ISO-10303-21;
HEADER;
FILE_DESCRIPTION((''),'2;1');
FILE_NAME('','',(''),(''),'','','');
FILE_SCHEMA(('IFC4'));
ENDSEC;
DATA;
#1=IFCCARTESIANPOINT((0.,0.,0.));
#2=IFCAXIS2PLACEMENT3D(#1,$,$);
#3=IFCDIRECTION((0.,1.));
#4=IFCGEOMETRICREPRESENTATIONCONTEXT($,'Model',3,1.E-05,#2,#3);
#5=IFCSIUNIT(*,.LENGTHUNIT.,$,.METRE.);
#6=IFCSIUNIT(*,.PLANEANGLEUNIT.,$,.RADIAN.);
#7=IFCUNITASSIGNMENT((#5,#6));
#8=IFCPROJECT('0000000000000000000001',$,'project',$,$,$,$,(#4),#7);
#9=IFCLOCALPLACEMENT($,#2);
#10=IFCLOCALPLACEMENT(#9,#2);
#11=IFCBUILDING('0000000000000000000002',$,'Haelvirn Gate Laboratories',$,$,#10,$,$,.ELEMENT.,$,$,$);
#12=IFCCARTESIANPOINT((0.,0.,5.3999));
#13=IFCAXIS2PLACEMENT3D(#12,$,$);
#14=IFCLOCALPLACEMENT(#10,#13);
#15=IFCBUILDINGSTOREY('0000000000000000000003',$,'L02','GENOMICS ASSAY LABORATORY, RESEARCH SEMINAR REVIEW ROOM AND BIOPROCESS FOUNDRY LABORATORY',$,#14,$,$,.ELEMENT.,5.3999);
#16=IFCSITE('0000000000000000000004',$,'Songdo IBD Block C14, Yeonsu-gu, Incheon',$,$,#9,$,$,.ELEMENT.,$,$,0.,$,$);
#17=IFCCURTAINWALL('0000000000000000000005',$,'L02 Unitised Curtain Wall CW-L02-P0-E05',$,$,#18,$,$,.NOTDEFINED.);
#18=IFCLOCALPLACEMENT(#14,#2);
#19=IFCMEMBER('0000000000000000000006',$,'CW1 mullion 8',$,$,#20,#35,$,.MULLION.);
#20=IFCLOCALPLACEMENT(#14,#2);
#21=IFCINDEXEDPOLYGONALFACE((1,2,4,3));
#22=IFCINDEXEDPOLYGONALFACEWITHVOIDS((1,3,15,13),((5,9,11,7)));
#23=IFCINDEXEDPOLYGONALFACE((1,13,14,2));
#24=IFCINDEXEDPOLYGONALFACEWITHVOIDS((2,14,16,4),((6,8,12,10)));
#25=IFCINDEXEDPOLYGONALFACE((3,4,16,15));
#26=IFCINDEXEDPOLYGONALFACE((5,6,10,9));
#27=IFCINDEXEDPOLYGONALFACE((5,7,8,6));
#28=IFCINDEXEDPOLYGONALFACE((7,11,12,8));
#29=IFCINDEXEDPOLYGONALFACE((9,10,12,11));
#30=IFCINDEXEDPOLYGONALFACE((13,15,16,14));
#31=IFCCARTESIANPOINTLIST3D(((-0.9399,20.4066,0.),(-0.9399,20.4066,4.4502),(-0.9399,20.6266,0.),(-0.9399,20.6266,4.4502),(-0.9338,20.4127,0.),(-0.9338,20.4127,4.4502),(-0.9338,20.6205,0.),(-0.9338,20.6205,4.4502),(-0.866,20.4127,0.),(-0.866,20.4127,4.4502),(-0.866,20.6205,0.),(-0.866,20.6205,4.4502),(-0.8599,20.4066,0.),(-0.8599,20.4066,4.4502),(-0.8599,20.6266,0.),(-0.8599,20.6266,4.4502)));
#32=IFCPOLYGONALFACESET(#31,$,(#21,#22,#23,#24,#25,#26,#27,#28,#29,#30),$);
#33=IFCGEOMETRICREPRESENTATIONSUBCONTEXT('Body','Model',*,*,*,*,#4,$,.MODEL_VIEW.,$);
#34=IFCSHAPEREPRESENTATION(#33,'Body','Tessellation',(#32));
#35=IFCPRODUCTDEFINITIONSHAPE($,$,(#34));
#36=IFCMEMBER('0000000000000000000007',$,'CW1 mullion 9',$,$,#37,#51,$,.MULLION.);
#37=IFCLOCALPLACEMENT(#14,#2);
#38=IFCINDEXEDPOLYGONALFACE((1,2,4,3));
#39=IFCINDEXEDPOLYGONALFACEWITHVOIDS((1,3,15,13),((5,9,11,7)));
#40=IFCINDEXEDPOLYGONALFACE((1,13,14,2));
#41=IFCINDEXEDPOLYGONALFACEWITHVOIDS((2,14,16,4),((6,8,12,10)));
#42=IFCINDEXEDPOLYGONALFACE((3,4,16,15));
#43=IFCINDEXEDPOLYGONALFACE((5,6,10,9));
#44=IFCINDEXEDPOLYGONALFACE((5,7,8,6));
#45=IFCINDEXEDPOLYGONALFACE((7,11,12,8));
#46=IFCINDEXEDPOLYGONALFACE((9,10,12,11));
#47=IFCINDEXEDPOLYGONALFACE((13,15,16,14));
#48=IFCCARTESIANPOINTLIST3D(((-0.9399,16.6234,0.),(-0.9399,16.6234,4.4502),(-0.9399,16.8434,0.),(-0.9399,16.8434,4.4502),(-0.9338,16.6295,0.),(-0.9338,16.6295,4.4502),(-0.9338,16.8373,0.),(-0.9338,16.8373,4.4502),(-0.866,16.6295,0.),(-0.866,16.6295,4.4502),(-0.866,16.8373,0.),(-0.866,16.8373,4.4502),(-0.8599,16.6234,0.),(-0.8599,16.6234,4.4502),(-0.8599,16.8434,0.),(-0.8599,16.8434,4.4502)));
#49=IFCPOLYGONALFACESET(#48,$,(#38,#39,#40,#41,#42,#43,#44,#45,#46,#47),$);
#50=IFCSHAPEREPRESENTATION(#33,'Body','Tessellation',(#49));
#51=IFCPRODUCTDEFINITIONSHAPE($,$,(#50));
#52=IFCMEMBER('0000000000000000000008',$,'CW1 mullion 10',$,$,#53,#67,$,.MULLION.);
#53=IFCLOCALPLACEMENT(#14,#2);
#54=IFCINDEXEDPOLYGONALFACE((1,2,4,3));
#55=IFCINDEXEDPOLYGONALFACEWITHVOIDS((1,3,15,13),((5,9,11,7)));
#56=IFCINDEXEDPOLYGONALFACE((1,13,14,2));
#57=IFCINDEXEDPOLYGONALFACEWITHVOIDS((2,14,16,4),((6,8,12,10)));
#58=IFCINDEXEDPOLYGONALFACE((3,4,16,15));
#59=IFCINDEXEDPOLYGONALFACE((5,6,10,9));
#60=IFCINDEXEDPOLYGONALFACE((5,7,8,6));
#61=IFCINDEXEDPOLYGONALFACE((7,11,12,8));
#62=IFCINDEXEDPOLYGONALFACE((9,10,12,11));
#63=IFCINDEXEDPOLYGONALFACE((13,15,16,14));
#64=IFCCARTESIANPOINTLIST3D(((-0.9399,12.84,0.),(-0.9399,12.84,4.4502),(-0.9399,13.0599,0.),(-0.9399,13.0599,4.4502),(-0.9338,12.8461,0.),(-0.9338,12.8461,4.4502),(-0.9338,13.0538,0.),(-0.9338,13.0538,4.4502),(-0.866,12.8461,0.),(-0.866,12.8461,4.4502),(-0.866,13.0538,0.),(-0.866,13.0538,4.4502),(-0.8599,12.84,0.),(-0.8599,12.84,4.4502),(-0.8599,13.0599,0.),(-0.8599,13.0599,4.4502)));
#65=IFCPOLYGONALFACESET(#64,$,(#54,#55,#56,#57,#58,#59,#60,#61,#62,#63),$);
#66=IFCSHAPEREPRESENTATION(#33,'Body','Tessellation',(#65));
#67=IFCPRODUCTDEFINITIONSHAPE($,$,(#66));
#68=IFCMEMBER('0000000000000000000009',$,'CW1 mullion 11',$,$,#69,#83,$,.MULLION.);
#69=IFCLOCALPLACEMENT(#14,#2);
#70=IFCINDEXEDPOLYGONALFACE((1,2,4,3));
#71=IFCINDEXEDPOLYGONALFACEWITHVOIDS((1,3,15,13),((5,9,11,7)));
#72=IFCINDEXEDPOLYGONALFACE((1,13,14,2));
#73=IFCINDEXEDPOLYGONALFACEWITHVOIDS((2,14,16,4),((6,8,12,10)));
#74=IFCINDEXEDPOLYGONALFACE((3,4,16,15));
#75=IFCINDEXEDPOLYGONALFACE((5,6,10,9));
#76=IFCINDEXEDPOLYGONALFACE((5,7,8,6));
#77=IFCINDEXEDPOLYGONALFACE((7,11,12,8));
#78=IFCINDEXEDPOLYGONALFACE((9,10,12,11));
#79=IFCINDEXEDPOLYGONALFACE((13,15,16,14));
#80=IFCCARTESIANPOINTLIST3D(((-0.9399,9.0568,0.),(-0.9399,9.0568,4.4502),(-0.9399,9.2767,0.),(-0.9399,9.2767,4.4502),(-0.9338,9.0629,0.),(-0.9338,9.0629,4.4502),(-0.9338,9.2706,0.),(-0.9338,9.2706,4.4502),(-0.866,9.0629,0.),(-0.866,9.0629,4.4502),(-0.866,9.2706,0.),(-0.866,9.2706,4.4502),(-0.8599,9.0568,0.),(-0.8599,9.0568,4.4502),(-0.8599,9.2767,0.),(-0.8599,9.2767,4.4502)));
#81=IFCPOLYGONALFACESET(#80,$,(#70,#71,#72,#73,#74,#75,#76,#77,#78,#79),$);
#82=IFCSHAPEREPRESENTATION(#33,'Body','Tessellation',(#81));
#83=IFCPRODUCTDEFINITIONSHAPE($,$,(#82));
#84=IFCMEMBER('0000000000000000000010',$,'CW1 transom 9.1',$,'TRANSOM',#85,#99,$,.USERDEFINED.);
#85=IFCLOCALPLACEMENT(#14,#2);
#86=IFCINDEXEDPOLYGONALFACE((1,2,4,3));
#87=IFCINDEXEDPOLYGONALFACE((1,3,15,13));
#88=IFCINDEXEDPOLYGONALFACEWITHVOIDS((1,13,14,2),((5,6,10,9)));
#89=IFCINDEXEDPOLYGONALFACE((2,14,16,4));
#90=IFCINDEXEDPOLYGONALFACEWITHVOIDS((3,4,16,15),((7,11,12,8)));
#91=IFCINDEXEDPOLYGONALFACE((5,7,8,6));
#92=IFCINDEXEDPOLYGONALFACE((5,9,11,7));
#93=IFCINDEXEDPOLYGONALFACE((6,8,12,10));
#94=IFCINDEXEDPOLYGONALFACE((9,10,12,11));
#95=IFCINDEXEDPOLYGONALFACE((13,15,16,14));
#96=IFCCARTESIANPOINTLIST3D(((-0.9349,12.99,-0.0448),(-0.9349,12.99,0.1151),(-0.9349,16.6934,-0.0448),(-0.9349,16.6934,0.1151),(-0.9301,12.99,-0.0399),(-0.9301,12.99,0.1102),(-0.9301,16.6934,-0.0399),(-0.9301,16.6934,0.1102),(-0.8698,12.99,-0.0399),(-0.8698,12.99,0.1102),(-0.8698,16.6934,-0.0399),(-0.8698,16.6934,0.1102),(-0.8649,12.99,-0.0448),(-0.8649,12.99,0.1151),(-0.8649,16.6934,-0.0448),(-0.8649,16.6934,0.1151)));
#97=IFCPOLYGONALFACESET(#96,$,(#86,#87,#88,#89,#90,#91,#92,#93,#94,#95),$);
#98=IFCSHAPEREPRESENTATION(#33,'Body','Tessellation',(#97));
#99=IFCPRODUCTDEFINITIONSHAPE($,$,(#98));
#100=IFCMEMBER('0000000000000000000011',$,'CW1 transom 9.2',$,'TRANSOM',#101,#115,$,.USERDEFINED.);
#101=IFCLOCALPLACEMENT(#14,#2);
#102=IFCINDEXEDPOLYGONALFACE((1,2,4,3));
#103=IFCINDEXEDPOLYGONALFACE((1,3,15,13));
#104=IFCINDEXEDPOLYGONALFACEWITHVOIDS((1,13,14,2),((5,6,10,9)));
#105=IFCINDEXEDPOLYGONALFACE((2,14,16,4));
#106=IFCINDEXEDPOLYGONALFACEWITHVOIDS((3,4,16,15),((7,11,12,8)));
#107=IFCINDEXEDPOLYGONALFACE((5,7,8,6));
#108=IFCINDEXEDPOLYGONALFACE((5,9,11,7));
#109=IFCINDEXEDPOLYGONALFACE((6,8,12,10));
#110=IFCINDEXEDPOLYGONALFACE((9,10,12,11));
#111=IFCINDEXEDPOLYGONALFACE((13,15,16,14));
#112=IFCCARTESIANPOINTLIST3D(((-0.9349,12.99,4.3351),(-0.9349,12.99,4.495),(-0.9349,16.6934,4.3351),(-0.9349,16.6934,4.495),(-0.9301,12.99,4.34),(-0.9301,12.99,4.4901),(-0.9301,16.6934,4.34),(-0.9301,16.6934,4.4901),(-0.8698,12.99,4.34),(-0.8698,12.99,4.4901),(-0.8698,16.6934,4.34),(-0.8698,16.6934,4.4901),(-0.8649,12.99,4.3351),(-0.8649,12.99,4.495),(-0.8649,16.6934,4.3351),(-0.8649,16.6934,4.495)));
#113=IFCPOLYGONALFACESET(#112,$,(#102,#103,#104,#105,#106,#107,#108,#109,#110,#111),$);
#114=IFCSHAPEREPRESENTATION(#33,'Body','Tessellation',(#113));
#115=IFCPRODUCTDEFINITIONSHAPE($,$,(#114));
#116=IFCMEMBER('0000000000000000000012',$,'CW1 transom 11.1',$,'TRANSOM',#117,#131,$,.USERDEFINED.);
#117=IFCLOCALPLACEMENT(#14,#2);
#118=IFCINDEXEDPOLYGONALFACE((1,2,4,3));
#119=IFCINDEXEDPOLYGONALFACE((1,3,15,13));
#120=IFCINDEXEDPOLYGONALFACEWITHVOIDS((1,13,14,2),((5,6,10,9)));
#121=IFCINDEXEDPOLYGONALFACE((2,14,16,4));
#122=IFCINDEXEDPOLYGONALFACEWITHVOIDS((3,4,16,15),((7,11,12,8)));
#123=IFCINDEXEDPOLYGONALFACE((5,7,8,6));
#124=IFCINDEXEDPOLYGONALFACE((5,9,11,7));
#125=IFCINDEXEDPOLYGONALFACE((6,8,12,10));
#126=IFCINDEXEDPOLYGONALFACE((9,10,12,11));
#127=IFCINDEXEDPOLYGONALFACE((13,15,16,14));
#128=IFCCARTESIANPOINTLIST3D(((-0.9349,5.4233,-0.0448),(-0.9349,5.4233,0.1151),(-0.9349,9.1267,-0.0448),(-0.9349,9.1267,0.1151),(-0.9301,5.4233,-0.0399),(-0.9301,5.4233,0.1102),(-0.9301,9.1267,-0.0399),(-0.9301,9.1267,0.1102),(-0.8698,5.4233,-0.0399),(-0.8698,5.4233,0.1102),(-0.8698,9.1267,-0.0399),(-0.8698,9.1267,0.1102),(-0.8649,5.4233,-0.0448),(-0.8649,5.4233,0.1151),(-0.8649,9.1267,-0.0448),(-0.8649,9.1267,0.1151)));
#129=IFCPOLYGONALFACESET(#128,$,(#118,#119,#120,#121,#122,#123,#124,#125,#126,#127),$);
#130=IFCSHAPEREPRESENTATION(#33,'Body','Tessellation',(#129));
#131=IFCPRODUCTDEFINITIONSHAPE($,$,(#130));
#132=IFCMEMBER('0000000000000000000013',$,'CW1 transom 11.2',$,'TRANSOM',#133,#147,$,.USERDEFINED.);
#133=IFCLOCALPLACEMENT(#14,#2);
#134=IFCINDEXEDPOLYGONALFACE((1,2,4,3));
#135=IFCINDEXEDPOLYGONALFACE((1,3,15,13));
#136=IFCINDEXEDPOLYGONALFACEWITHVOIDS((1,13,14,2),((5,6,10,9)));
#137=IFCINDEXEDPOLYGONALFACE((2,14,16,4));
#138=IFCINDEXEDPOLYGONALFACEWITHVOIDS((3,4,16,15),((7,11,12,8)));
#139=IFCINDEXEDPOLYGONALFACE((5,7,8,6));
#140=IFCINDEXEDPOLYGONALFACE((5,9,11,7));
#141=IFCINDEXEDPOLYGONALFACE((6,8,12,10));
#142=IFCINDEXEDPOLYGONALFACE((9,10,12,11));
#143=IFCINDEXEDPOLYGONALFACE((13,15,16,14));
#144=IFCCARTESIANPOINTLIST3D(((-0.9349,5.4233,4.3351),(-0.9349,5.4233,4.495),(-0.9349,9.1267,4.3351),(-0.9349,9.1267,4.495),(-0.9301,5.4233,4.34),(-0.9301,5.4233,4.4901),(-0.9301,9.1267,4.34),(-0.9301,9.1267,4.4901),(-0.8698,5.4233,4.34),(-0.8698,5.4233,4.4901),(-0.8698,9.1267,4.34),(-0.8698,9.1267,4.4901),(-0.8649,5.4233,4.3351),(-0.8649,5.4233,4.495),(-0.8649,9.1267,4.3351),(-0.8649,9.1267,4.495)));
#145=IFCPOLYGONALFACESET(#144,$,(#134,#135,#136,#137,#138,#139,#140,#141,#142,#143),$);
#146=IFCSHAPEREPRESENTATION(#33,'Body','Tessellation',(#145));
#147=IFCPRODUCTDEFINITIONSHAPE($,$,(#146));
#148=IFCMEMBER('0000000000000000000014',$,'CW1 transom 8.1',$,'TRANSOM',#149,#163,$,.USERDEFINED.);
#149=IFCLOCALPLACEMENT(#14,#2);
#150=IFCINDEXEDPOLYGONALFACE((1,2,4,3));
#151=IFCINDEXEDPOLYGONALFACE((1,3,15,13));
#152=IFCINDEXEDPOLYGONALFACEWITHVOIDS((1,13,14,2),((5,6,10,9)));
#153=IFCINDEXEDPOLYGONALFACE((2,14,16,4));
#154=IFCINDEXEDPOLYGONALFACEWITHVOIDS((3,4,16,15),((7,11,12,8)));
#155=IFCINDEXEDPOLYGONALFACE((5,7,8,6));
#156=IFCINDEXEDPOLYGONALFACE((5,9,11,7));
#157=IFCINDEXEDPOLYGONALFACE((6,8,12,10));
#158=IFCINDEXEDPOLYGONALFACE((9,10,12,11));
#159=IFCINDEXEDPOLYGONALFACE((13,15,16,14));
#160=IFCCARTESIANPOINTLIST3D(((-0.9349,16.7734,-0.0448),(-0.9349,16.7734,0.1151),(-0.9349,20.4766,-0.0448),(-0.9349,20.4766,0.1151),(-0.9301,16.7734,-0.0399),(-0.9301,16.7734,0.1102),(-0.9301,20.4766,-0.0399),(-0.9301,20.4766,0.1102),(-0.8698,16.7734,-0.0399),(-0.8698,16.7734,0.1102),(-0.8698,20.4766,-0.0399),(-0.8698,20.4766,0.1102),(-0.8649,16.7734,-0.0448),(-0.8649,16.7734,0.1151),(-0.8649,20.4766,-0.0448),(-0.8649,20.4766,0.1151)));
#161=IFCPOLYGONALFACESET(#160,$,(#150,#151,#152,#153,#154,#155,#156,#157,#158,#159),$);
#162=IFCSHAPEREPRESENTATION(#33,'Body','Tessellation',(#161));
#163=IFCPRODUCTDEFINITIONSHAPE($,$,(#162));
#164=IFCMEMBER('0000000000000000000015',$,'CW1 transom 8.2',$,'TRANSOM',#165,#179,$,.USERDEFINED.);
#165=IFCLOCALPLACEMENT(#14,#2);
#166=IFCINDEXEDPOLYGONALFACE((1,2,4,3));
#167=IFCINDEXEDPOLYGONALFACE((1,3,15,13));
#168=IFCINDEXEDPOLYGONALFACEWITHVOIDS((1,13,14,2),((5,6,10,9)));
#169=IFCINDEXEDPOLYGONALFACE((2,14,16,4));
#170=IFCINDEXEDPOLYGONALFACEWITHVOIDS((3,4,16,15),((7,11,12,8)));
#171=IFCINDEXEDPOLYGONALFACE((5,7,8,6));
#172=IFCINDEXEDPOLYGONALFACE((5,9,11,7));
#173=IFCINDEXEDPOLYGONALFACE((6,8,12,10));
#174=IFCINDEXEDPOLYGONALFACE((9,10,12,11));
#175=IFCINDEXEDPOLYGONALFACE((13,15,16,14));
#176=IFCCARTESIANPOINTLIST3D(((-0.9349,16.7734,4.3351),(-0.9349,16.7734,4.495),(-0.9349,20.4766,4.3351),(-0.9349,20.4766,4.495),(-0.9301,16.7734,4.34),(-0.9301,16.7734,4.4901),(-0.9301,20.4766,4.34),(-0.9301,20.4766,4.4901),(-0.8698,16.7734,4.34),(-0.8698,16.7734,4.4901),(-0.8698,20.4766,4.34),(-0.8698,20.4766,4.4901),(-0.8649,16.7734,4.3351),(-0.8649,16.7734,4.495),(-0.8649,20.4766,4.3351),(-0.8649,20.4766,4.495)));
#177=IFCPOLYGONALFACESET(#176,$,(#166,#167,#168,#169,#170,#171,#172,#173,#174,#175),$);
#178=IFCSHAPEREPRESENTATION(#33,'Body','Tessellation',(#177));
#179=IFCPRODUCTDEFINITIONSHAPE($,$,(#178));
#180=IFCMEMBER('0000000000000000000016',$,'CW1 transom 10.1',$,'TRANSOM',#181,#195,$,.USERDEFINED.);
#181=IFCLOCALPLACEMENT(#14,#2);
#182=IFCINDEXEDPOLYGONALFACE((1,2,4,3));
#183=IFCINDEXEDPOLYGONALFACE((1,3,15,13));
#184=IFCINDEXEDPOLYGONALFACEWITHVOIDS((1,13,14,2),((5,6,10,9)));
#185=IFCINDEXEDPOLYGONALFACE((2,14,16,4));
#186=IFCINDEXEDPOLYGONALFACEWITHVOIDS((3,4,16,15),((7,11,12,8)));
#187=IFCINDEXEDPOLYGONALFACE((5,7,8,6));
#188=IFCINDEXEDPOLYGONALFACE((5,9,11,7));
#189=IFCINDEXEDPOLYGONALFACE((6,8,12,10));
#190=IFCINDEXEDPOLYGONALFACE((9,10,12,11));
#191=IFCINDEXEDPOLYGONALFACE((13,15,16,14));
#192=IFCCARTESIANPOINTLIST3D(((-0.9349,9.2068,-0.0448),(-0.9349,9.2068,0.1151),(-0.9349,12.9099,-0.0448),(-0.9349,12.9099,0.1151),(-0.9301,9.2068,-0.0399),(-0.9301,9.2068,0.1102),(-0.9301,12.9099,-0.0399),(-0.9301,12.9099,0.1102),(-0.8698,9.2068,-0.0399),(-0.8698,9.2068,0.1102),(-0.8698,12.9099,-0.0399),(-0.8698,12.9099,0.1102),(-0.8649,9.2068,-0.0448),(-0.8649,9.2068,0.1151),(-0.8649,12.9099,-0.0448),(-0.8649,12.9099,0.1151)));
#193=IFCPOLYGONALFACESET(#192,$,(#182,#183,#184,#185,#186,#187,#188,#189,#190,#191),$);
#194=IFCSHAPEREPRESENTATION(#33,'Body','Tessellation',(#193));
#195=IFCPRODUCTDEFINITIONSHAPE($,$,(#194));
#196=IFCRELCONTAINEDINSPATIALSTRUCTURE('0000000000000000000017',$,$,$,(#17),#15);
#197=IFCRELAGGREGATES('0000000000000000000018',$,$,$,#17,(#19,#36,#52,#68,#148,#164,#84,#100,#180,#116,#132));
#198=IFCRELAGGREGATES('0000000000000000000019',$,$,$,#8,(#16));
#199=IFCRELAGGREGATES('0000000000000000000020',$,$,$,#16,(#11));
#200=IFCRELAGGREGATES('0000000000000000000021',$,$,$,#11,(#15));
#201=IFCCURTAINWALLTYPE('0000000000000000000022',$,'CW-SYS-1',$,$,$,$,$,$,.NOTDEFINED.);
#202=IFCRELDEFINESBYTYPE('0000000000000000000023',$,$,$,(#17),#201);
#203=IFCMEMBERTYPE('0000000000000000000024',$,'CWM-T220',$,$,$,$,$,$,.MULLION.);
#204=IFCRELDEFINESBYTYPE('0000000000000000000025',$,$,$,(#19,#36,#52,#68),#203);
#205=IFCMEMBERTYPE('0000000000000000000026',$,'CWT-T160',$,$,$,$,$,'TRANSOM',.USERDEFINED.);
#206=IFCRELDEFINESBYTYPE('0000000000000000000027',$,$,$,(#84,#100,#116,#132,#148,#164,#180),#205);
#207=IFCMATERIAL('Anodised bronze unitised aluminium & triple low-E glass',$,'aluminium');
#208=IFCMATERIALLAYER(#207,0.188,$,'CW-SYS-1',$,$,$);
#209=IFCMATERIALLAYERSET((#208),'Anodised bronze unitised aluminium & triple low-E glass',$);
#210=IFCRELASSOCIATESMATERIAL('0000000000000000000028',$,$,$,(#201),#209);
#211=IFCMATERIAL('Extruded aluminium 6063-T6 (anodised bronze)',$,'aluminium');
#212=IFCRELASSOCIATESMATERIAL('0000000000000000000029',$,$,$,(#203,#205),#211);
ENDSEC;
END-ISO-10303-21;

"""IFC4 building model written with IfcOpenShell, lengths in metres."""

from ifc_helpers import new_model, si_unit, direction, frame, origin, origin_2d, place, context, subcontext, project, spatial, hollow_rectangle, extrude, source, transform, mapped, material, layer, layer_set, material_profile, profile_set, type_object, type_shapes, element, aggregate, save


model = new_model("IFC4")

# Units and contexts
model_context = context("Model", 3, precision=1e-05, world=origin(), true_north=direction((0.0, 1.0)))
body_context = subcontext(model_context, "Body", "Model", "MODEL_VIEW")
ifc_project = project(units=[si_unit("LENGTHUNIT", "METRE"), si_unit("PLANEANGLEUNIT", "RADIAN")], contexts=[model_context])

# Site, building, storey
site_placement = place(None, origin())
site = spatial("IfcSite", under=ifc_project, at=site_placement, Name="Songdo IBD Block C14, Yeonsu-gu, Incheon", CompositionType="ELEMENT", RefElevation=0.0)
building_placement = place(site_placement, origin())
building = spatial("IfcBuilding", under=site, at=building_placement, Name="Haelvirn Gate Laboratories", CompositionType="ELEMENT")
storey_placement = place(building_placement, frame((0.0, 0.0, 5.3999)))
storey = spatial("IfcBuildingStorey", under=building, at=storey_placement, Name="L02", Description="GENOMICS ASSAY LABORATORY, RESEARCH SEMINAR REVIEW ROOM AND BIOPROCESS FOUNDRY LABORATORY", CompositionType="ELEMENT", Elevation=5.3999)

# Curtain wall, members
ifc_material_1 = material(Name="Anodised bronze unitised aluminium & triple low-E glass", Category="aluminium")
ifc_layer_1 = layer(ifc_material_1, 0.188, Name="CW-SYS-1")
ifc_layer_set_1 = layer_set([ifc_layer_1], Name="Anodised bronze unitised aluminium & triple low-E glass")
curtain_wall_type = type_object("IfcCurtainWallType", Name="CW-SYS-1", PredefinedType="NOTDEFINED", material=ifc_layer_set_1)
curtain_wall_placement = place(storey_placement, origin())
curtain_wall = element("IfcCurtainWall", 1, at=curtain_wall_placement, inside=storey, type_object=curtain_wall_type, Name="L02 Unitised Curtain Wall CW-L02-P0-E05", PredefinedType="NOTDEFINED")
ifc_material_2 = material(Name="Extruded aluminium 6063-T6 (anodised bronze)", Category="aluminium")
ifc_material_profile_1 = material_profile(ifc_material_2, hollow_rectangle(XDim=0.0801, YDim=0.22, WallThickness=0.0061, at=origin_2d()), Name="CWM-220x80x6")
ifc_profile_set_1 = profile_set([ifc_material_profile_1], Name="Extruded aluminium 6063-T6 (anodised bronze)")
member_type_1 = type_object("IfcMemberType", Name="CWM-T220", PredefinedType="MULLION", material=ifc_profile_set_1)
shared_shape_1 = source(origin(), body_context, "Body", "SweptSolid", [
    extrude(hollow_rectangle(XDim=0.0801, YDim=0.22, WallThickness=0.0061, at=origin_2d()), origin(), (0.0, 0.0, 1.0), 4.4502),
])
type_shapes(member_type_1, [shared_shape_1])
member_1_placement = place(storey_placement, frame((-0.8999, 20.5166, 0.0), z_axis=(0.0, 0.0, 1.0), x_axis=(1.0, 0.0, 0.0)))
member_1 = element("IfcMember", 2, at=member_1_placement, type_object=member_type_1, Name="CW1 mullion 8", PredefinedType="MULLION", context=body_context, shape_type="MappedRepresentation", body=[
    mapped(shared_shape_1, transform((0.0, 0.0, 0.0), scale=1.0)),
])
member_2_placement = place(storey_placement, frame((-0.8999, 16.7334, 0.0), z_axis=(0.0, 0.0, 1.0), x_axis=(1.0, 0.0, 0.0)))
member_2 = element("IfcMember", 3, at=member_2_placement, type_object=member_type_1, Name="CW1 mullion 9", PredefinedType="MULLION", context=body_context, shape_type="MappedRepresentation", body=[
    mapped(shared_shape_1, transform((0.0, 0.0, 0.0), scale=1.0)),
])
member_3_placement = place(storey_placement, frame((-0.8999, 12.95, 0.0), z_axis=(0.0, 0.0, 1.0), x_axis=(1.0, 0.0, 0.0)))
member_3 = element("IfcMember", 4, at=member_3_placement, type_object=member_type_1, Name="CW1 mullion 10", PredefinedType="MULLION", context=body_context, shape_type="MappedRepresentation", body=[
    mapped(shared_shape_1, transform((0.0, 0.0, 0.0), scale=1.0)),
])
member_4_placement = place(storey_placement, frame((-0.8999, 9.1667, 0.0), z_axis=(0.0, 0.0, 1.0), x_axis=(1.0, 0.0, 0.0)))
member_4 = element("IfcMember", 5, at=member_4_placement, type_object=member_type_1, Name="CW1 mullion 11", PredefinedType="MULLION", context=body_context, shape_type="MappedRepresentation", body=[
    mapped(shared_shape_1, transform((0.0, 0.0, 0.0), scale=1.0)),
])
ifc_material_profile_2 = material_profile(ifc_material_2, hollow_rectangle(XDim=0.0701, YDim=0.1599, WallThickness=0.0049, at=origin_2d()), Name="CWT-160x70x5")
ifc_profile_set_2 = profile_set([ifc_material_profile_2], Name="Extruded aluminium 6063-T6 (anodised bronze)")
member_type_2 = type_object("IfcMemberType", Name="CWT-T160", ElementType="TRANSOM", PredefinedType="USERDEFINED", material=ifc_profile_set_2)
shared_shape_2 = source(origin(), body_context, "Body", "SweptSolid", [
    extrude(hollow_rectangle(XDim=0.0701, YDim=0.1599, WallThickness=0.0049, at=origin_2d()), origin(), (0.0, 0.0, 1.0), 3.7034),
])
member_5_placement = place(storey_placement, frame((-0.8999, 16.6934, 0.0352), z_axis=(0.0, -1.0, 0.0), x_axis=(1.0, 0.0, 0.0)))
member_5 = element("IfcMember", 6, at=member_5_placement, type_object=member_type_2, Name="CW1 transom 9.1", ObjectType="TRANSOM", PredefinedType="USERDEFINED", context=body_context, shape_type="MappedRepresentation", body=[
    mapped(shared_shape_2, transform((0.0, 0.0, 0.0), scale=1.0)),
])
member_6_placement = place(storey_placement, frame((-0.8999, 16.6934, 4.415), z_axis=(0.0, -1.0, 0.0), x_axis=(1.0, 0.0, 0.0)))
member_6 = element("IfcMember", 7, at=member_6_placement, type_object=member_type_2, Name="CW1 transom 9.2", ObjectType="TRANSOM", PredefinedType="USERDEFINED", context=body_context, shape_type="MappedRepresentation", body=[
    mapped(shared_shape_2, transform((0.0, 0.0, 0.0), scale=1.0)),
])
member_7_placement = place(storey_placement, frame((-0.8999, 9.1267, 0.0352), z_axis=(0.0, -1.0, 0.0), x_axis=(1.0, 0.0, 0.0)))
member_7 = element("IfcMember", 8, at=member_7_placement, type_object=member_type_2, Name="CW1 transom 11.1", ObjectType="TRANSOM", PredefinedType="USERDEFINED", context=body_context, shape_type="MappedRepresentation", body=[
    mapped(shared_shape_2, transform((0.0, 0.0, 0.0), scale=1.0)),
])
member_8_placement = place(storey_placement, frame((-0.8999, 9.1267, 4.415), z_axis=(0.0, -1.0, 0.0), x_axis=(1.0, 0.0, 0.0)))
member_8 = element("IfcMember", 9, at=member_8_placement, type_object=member_type_2, Name="CW1 transom 11.2", ObjectType="TRANSOM", PredefinedType="USERDEFINED", context=body_context, shape_type="MappedRepresentation", body=[
    mapped(shared_shape_2, transform((0.0, 0.0, 0.0), scale=1.0)),
])
shared_shape_3 = source(origin(), body_context, "Body", "SweptSolid", [
    extrude(hollow_rectangle(XDim=0.0701, YDim=0.1599, WallThickness=0.0049, at=origin_2d()), origin(), (0.0, 0.0, 1.0), 3.7031),
])
type_shapes(member_type_2, [shared_shape_2, shared_shape_3])
member_9_placement = place(storey_placement, frame((-0.8999, 20.4766, 0.0352), z_axis=(0.0, -1.0, 0.0), x_axis=(1.0, 0.0, 0.0)))
member_9 = element("IfcMember", 10, at=member_9_placement, type_object=member_type_2, Name="CW1 transom 8.1", ObjectType="TRANSOM", PredefinedType="USERDEFINED", context=body_context, shape_type="MappedRepresentation", body=[
    mapped(shared_shape_3, transform((0.0, 0.0, 0.0), scale=1.0)),
])
member_10_placement = place(storey_placement, frame((-0.8999, 20.4766, 4.415), z_axis=(0.0, -1.0, 0.0), x_axis=(1.0, 0.0, 0.0)))
member_10 = element("IfcMember", 11, at=member_10_placement, type_object=member_type_2, Name="CW1 transom 8.2", ObjectType="TRANSOM", PredefinedType="USERDEFINED", context=body_context, shape_type="MappedRepresentation", body=[
    mapped(shared_shape_3, transform((0.0, 0.0, 0.0), scale=1.0)),
])
member_11_placement = place(storey_placement, frame((-0.8999, 12.9099, 0.0352), z_axis=(0.0, -1.0, 0.0), x_axis=(1.0, 0.0, 0.0)))
member_11 = element("IfcMember", 12, at=member_11_placement, type_object=member_type_2, Name="CW1 transom 10.1", ObjectType="TRANSOM", PredefinedType="USERDEFINED", context=body_context, shape_type="MappedRepresentation", body=[
    mapped(shared_shape_3, transform((0.0, 0.0, 0.0), scale=1.0)),
])
aggregate(curtain_wall, [member_1, member_2, member_3, member_4, member_9, member_10, member_5, member_6, member_11, member_7, member_8])

save(model, "model.ifc")
